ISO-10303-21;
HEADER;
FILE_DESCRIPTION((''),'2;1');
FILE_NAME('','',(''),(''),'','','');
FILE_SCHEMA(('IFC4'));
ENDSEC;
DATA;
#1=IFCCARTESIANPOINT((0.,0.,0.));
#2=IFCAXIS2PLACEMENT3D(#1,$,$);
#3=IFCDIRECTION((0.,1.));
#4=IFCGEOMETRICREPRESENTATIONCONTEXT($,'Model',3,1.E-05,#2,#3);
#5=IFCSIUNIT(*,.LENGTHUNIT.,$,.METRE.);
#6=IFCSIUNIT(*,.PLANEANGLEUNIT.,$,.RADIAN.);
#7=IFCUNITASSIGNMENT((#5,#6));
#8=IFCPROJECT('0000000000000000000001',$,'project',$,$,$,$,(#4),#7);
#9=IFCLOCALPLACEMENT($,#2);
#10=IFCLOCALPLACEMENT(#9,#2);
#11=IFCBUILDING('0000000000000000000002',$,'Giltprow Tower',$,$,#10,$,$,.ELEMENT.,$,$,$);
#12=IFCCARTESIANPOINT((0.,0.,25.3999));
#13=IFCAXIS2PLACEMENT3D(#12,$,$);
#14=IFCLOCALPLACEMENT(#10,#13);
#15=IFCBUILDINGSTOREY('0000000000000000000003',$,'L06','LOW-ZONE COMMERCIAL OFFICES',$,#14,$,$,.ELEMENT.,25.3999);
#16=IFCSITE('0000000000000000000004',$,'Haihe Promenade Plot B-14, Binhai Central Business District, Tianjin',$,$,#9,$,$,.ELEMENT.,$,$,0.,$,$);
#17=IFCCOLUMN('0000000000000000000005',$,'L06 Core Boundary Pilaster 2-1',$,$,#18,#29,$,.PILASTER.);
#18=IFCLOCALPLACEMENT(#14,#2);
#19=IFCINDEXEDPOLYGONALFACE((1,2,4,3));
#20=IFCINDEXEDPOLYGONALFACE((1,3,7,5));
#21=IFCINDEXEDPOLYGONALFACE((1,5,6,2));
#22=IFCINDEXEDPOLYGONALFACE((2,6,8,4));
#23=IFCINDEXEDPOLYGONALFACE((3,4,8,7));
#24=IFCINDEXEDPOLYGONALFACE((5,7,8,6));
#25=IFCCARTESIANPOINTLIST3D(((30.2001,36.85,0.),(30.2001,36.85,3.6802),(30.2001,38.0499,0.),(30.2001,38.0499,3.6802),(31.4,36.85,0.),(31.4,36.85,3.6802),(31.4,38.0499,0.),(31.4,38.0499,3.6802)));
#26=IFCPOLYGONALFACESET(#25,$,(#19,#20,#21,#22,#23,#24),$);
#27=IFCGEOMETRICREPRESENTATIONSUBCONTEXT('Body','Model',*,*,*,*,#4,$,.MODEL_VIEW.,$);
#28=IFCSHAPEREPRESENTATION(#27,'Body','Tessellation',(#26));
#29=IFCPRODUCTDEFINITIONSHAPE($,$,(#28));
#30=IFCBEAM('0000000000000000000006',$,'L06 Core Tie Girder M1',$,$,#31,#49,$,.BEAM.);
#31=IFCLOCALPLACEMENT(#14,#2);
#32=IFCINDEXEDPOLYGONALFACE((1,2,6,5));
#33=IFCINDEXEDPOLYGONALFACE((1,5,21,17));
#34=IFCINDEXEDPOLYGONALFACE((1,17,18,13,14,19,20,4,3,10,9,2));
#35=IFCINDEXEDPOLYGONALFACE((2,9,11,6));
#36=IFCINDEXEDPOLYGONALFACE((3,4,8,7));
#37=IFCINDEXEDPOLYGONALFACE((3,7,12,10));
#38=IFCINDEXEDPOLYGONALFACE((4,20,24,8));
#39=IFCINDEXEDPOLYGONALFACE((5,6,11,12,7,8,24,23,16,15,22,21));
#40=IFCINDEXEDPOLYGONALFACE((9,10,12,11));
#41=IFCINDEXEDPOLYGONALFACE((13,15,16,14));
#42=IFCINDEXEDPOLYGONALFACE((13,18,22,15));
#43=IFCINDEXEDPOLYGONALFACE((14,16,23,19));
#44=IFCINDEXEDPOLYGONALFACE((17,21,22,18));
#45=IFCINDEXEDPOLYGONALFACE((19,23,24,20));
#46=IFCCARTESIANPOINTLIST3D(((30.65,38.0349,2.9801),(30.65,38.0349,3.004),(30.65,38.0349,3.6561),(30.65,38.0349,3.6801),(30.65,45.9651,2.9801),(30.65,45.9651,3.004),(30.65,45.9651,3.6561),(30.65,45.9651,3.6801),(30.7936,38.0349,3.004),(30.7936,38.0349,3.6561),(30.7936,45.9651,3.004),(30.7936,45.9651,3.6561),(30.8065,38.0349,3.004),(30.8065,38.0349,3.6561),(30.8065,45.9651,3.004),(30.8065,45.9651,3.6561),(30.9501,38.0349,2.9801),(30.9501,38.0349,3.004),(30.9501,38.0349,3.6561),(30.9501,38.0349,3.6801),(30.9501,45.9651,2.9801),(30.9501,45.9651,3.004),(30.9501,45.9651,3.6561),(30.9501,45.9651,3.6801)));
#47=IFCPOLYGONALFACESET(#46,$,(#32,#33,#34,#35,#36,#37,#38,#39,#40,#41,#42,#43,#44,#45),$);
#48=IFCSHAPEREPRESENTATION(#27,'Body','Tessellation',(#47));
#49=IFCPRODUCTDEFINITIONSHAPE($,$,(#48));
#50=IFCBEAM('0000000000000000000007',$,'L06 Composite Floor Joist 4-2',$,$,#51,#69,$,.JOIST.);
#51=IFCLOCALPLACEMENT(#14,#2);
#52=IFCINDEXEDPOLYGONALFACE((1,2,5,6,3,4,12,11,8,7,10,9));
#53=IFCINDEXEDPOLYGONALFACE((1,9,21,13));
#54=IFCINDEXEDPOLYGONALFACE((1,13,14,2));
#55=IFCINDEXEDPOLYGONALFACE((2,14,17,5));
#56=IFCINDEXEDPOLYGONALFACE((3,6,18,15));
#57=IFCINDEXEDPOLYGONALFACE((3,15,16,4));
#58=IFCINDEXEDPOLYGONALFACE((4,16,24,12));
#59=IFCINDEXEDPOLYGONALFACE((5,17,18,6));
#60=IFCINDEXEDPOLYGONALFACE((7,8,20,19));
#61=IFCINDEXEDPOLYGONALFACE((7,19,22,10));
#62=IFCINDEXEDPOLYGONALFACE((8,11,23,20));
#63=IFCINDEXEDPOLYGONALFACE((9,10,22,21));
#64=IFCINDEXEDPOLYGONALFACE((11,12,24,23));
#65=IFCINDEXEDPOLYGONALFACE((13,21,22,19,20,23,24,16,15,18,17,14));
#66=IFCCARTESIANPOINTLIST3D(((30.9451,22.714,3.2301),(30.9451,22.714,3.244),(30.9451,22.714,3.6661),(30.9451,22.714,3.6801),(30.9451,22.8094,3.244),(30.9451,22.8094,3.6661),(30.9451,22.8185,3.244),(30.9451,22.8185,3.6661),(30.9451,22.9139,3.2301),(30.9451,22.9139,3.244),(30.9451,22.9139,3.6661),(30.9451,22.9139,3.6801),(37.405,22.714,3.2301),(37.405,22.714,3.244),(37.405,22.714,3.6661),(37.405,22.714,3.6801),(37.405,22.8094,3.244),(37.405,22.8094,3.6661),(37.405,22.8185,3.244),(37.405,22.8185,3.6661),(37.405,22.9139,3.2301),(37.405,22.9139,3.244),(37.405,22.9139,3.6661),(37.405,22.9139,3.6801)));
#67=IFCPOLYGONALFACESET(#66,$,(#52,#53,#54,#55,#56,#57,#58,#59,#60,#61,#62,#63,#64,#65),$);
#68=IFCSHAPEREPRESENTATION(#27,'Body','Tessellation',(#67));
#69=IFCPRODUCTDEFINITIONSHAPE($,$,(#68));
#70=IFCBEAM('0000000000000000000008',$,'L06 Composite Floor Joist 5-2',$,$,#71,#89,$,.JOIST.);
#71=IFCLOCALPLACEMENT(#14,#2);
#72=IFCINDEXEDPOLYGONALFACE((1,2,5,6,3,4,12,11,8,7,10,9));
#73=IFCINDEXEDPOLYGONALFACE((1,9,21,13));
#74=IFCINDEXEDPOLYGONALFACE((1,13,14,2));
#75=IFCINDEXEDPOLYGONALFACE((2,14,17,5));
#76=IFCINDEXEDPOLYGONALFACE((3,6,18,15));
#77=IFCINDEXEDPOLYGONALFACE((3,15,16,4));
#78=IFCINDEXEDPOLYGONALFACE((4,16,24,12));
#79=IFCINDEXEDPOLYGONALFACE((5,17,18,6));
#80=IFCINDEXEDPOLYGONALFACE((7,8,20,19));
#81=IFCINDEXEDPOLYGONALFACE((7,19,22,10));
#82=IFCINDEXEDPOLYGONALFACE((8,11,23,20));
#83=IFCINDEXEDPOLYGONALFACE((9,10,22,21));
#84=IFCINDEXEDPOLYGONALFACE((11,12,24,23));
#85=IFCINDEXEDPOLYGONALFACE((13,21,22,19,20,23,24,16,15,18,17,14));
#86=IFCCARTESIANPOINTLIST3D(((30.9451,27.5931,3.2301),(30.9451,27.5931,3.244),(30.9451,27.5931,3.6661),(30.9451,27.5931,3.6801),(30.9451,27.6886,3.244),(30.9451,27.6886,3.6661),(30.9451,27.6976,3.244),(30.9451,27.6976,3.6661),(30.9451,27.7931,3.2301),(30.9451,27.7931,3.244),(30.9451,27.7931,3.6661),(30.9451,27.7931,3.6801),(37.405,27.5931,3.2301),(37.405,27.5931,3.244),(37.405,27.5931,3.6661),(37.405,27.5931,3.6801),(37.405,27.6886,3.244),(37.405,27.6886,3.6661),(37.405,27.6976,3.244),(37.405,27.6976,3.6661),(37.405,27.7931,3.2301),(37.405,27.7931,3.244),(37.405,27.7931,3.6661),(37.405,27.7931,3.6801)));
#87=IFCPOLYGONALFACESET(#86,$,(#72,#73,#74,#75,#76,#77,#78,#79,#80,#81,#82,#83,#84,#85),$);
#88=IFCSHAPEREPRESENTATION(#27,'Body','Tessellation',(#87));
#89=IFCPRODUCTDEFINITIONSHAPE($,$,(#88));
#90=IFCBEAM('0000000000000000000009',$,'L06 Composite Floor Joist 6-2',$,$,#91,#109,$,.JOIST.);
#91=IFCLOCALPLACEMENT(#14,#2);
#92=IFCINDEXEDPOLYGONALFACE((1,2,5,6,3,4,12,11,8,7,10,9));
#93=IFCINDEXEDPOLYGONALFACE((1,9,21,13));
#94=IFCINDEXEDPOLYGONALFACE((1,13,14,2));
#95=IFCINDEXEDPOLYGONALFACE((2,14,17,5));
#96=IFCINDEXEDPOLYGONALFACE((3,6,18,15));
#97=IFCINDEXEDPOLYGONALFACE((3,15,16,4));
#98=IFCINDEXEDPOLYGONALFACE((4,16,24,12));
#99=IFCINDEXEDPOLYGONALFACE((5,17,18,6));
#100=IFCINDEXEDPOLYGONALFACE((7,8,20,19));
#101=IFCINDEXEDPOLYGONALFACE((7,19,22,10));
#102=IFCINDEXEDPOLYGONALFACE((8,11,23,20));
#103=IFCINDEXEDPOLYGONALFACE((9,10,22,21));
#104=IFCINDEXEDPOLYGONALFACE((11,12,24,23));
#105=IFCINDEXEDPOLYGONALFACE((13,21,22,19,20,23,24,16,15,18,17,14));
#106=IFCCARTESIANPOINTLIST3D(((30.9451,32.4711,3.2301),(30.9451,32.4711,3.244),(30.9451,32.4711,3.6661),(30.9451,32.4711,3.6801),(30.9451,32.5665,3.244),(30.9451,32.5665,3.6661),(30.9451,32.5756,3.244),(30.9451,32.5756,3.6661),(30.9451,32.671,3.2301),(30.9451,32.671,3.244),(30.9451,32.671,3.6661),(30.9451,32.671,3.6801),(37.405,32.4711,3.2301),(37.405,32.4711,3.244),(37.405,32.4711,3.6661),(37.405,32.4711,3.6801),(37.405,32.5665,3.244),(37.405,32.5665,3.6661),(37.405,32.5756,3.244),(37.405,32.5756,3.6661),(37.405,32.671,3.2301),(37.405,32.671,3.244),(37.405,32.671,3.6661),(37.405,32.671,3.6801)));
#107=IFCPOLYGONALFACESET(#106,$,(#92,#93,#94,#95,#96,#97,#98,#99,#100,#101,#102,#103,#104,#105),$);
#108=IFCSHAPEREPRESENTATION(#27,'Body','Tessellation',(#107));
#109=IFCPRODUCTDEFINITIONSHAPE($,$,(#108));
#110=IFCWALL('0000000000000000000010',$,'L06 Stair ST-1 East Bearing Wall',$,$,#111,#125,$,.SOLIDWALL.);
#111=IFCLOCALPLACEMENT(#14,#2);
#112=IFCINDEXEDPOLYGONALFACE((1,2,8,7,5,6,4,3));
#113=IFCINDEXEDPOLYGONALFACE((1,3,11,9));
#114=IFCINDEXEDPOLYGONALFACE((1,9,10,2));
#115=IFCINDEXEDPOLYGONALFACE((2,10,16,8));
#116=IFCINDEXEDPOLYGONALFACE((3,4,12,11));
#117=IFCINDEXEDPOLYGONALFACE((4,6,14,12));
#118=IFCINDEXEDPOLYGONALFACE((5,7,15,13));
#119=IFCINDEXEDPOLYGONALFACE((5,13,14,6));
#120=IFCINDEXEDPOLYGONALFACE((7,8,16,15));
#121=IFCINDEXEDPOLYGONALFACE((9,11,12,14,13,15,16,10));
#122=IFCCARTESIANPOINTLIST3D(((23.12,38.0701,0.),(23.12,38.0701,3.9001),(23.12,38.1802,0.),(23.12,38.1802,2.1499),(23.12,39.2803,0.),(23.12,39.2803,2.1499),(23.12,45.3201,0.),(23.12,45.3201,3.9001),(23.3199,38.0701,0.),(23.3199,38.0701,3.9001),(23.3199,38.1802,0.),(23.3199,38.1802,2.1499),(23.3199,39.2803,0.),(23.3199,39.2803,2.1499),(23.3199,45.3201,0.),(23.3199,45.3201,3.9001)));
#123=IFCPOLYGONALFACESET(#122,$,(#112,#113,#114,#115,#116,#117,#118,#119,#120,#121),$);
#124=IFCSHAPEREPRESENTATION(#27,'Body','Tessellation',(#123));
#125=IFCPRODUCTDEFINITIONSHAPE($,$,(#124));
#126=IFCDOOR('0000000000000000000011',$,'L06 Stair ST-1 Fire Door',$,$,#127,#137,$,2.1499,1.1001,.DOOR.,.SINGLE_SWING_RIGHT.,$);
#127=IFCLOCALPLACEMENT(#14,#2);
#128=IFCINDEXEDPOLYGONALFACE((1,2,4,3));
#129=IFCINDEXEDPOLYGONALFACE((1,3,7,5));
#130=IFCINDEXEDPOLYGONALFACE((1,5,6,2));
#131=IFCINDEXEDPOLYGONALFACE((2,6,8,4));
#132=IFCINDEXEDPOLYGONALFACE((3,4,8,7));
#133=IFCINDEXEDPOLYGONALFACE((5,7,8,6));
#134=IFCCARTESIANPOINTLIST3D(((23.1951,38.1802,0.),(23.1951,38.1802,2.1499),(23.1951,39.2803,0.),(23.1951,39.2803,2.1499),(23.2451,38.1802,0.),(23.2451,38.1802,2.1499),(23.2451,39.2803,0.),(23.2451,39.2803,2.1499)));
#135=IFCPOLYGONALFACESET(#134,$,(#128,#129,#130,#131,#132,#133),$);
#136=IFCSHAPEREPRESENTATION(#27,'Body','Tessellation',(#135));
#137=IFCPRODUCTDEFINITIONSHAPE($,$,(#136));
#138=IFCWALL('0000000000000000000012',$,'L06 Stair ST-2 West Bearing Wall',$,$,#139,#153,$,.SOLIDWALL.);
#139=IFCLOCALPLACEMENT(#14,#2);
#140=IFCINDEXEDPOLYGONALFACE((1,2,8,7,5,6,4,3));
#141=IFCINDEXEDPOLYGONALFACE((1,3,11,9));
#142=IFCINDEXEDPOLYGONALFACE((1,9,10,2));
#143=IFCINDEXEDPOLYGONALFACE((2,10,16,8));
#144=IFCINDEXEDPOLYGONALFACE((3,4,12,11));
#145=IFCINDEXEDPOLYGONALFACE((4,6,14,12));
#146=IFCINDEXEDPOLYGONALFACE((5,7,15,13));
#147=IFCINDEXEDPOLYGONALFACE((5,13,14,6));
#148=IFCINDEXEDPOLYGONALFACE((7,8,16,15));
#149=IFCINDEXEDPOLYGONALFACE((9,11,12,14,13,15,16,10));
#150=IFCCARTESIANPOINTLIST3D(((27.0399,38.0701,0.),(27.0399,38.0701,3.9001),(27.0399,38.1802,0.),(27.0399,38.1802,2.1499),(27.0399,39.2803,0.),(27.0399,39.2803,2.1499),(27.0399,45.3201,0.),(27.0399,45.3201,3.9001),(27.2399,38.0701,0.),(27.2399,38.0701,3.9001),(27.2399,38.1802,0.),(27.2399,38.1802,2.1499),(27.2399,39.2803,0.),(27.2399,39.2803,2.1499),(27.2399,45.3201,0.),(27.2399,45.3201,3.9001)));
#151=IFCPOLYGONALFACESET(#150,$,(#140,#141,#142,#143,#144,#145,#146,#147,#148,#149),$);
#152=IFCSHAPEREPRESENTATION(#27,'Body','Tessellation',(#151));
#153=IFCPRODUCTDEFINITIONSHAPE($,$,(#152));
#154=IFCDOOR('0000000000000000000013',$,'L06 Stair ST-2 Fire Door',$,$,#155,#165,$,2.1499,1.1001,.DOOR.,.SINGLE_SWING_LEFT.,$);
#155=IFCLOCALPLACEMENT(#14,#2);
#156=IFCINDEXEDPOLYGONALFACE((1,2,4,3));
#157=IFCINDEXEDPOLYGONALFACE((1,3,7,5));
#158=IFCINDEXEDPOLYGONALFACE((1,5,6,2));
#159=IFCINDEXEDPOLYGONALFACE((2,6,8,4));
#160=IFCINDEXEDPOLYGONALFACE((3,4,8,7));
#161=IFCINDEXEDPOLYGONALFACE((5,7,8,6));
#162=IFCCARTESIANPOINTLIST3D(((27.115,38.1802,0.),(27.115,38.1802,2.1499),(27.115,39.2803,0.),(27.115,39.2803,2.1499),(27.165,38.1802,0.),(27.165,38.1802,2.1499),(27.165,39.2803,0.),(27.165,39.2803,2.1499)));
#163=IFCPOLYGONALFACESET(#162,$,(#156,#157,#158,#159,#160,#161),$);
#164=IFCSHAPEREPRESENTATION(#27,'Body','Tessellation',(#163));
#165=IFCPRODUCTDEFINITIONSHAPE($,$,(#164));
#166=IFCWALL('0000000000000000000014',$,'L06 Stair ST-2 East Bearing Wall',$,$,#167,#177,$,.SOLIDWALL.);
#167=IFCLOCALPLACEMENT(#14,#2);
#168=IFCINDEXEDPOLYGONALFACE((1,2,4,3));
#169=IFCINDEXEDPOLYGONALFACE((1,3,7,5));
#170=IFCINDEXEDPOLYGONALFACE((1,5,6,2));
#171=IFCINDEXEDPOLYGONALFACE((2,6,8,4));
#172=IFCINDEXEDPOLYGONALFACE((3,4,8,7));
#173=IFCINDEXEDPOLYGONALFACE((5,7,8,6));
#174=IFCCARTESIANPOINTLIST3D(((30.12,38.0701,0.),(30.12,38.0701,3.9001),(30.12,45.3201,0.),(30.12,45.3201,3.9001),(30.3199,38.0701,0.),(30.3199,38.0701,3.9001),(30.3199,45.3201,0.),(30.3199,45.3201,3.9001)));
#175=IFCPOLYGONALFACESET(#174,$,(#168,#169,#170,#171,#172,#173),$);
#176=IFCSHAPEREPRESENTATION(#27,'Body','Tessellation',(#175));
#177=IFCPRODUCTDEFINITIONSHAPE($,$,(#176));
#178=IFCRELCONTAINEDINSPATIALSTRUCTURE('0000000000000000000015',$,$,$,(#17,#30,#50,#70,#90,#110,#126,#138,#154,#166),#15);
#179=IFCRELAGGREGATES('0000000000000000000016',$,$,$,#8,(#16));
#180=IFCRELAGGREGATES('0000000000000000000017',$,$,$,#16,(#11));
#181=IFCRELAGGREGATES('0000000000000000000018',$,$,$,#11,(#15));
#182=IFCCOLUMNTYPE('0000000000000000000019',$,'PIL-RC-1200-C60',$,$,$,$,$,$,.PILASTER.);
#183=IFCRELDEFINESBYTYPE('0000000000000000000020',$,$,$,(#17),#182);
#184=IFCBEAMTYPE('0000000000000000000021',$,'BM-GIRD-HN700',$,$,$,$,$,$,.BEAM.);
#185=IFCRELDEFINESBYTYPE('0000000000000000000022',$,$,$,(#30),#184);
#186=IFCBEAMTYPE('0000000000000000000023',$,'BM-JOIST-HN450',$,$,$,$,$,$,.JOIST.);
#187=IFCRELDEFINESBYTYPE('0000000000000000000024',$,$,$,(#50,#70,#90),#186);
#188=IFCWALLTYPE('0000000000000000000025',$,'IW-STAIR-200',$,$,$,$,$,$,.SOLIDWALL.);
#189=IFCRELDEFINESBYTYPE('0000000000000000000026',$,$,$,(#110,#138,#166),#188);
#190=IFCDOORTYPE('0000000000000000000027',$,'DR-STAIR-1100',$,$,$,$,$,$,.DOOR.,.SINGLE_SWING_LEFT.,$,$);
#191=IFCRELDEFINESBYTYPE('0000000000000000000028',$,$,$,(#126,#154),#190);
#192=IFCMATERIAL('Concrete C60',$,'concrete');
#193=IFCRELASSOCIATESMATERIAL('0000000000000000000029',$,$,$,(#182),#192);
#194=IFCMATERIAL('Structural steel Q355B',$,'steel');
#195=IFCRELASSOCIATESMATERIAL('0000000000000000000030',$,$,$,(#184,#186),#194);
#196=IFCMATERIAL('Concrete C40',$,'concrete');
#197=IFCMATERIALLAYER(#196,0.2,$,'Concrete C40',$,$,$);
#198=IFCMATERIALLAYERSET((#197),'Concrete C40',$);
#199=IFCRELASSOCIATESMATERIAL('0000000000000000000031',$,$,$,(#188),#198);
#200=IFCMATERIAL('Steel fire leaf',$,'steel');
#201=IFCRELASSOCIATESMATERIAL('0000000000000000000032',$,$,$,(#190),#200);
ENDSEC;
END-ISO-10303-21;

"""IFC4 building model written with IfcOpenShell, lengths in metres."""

from ifc_helpers import new_model, si_unit, direction, frame, frame_2d, origin, origin_2d, place, context, subcontext, project, spatial, rectangle, i_section, extrude, source, transform, mapped, material, layer, layer_set, material_profile, profile_set, type_object, element, fill, save


model = new_model("IFC4")

# Units and contexts
model_context = context("Model", 3, precision=1e-05, world=origin(), true_north=direction((0.0, 1.0)))
body_context = subcontext(model_context, "Body", "Model", "MODEL_VIEW")
ifc_project = project(units=[si_unit("LENGTHUNIT", "METRE"), si_unit("PLANEANGLEUNIT", "RADIAN")], contexts=[model_context])

# Site, building, storey
site_placement = place(None, origin())
site = spatial("IfcSite", under=ifc_project, at=site_placement, Name="Haihe Promenade Plot B-14, Binhai Central Business District, Tianjin", CompositionType="ELEMENT", RefElevation=0.0)
building_placement = place(site_placement, origin())
building = spatial("IfcBuilding", under=site, at=building_placement, Name="Giltprow Tower", CompositionType="ELEMENT")
storey_placement = place(building_placement, frame((0.0, 0.0, 25.3999)))
storey = spatial("IfcBuildingStorey", under=building, at=storey_placement, Name="L06", Description="LOW-ZONE COMMERCIAL OFFICES", CompositionType="ELEMENT", Elevation=25.3999)

# Column
ifc_material_1 = material(Name="Concrete C60", Category="concrete")
ifc_material_profile_1 = material_profile(ifc_material_1, rectangle(XDim=1.2, YDim=1.2, at=origin_2d()), Name="RC 1200x1200")
ifc_profile_set_1 = profile_set([ifc_material_profile_1], Name="Concrete C60")
column_type = type_object("IfcColumnType", Name="PIL-RC-1200-C60", PredefinedType="PILASTER", material=ifc_profile_set_1)
shared_shape_1 = source(origin(), body_context, "Body", "SweptSolid", [
    extrude(rectangle(XDim=1.2, YDim=1.2, at=origin_2d()), origin(), (0.0, 0.0, 1.0), 3.6802),
])
column_placement = place(storey_placement, frame((30.8, 37.45, 0.0), z_axis=(0.0, 0.0, 1.0), x_axis=(1.0, 0.0, 0.0)))
element("IfcColumn", 1, at=column_placement, inside=storey, type_object=column_type, Name="L06 Core Boundary Pilaster 2-1", PredefinedType="PILASTER", context=body_context, shape_type="MappedRepresentation", body=[
    mapped(shared_shape_1, transform((0.0, 0.0, 0.0), x_axis=(1.0, 0.0, 0.0), y_axis=(0.0, 1.0, 0.0), z_axis=(0.0, 0.0, 1.0), scale=1.0)),
])

# Beams
ifc_material_2 = material(Name="Structural steel Q355B", Category="steel")
ifc_material_profile_2 = material_profile(ifc_material_2, i_section(OverallWidth=0.3, OverallDepth=0.7, WebThickness=0.0129, FlangeThickness=0.0239, at=origin_2d()), Name="HN 700x300x13x24")
ifc_profile_set_2 = profile_set([ifc_material_profile_2], Name="Structural steel Q355B")
beam_type_1 = type_object("IfcBeamType", Name="BM-GIRD-HN700", PredefinedType="BEAM", material=ifc_profile_set_2)
shared_shape_2 = source(origin(), body_context, "Body", "SweptSolid", [
    extrude(i_section(OverallWidth=0.3, OverallDepth=0.7, WebThickness=0.0129, FlangeThickness=0.0239, at=origin_2d()), origin(), (0.0, 0.0, 1.0), 7.9302),
])
beam_placement = place(storey_placement, frame((30.8, 38.0349, 3.3301), z_axis=(0.0, 1.0, 0.0), x_axis=(-1.0, 0.0, 0.0)))
element("IfcBeam", 2, at=beam_placement, inside=storey, type_object=beam_type_1, Name="L06 Core Tie Girder M1", PredefinedType="BEAM", context=body_context, shape_type="MappedRepresentation", body=[
    mapped(shared_shape_2, transform((0.0, 0.0, 0.0), x_axis=(1.0, 0.0, 0.0), y_axis=(0.0, 1.0, 0.0), z_axis=(0.0, 0.0, 1.0), scale=1.0)),
])
ifc_material_profile_3 = material_profile(ifc_material_2, i_section(OverallWidth=0.2, OverallDepth=0.45, WebThickness=0.009, FlangeThickness=0.0139, at=origin_2d()), Name="HN 450x200x9x14")
ifc_profile_set_3 = profile_set([ifc_material_profile_3], Name="Structural steel Q355B")
beam_type_2 = type_object("IfcBeamType", Name="BM-JOIST-HN450", PredefinedType="JOIST", material=ifc_profile_set_3)
shared_shape_3 = source(origin(), body_context, "Body", "SweptSolid", [
    extrude(i_section(OverallWidth=0.2, OverallDepth=0.45, WebThickness=0.009, FlangeThickness=0.0139, at=origin_2d()), origin(), (0.0, 0.0, 1.0), 6.46),
])
for number, where, z_axis, x_axis, name in (
    (3, (30.9451, 22.814, 3.4551), (1.0, 0.0, 0.0), (0.0, 1.0, 0.0), "L06 Composite Floor Joist 4-2"),
    (4, (30.9451, 27.6931, 3.4551), (1.0, 0.0, 0.0), (0.0, 1.0, 0.0), "L06 Composite Floor Joist 5-2"),
    (5, (30.9451, 32.571, 3.4551), (1.0, 0.0, 0.0), (0.0, 1.0, 0.0), "L06 Composite Floor Joist 6-2"),
):
    element("IfcBeam", number, at=place(storey_placement, frame(where, z_axis=z_axis, x_axis=x_axis)), inside=storey, type_object=beam_type_2, Name=name, PredefinedType="JOIST", context=body_context, shape_type="MappedRepresentation", body=[
        mapped(shared_shape_3, transform((0.0, 0.0, 0.0), x_axis=(1.0, 0.0, 0.0), y_axis=(0.0, 1.0, 0.0), z_axis=(0.0, 0.0, 1.0), scale=1.0)),
    ])

# Walls, openings, doors
ifc_material_3 = material(Name="Concrete C40", Category="concrete")
ifc_layer_1 = layer(ifc_material_3, 0.2, Name="Concrete C40")
ifc_layer_set_1 = layer_set([ifc_layer_1], Name="Concrete C40")
wall_type_1 = type_object("IfcWallType", Name="IW-STAIR-200", PredefinedType="SOLIDWALL", material=ifc_layer_set_1)
wall_1_placement = place(storey_placement, frame((23.22, 38.0701, 0.0), z_axis=(0.0, 0.0, 1.0), x_axis=(0.0, 1.0, 0.0)))
wall_1 = element("IfcWall", 6, at=wall_1_placement, inside=storey, type_object=wall_type_1, Name="L06 Stair ST-1 East Bearing Wall", PredefinedType="SOLIDWALL", context=body_context, shape_type="SweptSolid", body=[
    extrude(rectangle(XDim=7.25, YDim=0.2, at=frame_2d((3.625, 0.0))), origin(), (0.0, 0.0, 1.0), 3.9001),
])
opening_1_placement = place(wall_1_placement, frame((0.1101, 0.0, 0.0)))
opening_1 = element("IfcOpeningElement", 7, at=opening_1_placement, cuts=wall_1, PredefinedType="OPENING", context=body_context, shape_type="SweptSolid", body=[
    extrude(rectangle(XDim=1.1001, YDim=2.1499, at=frame_2d((0.55, 1.075))), frame((0.0, 0.1099, 0.0), z_axis=(0.0, -1.0, 0.0), x_axis=(1.0, 0.0, 0.0)), (0.0, 0.0, 1.0), 0.22),
])
ifc_material_4 = material(Name="Steel fire leaf", Category="steel")
door_type_1 = type_object("IfcDoorType", Name="DR-STAIR-1100", OperationType="SINGLE_SWING_LEFT", PredefinedType="DOOR", material=ifc_material_4)
shared_shape_4 = source(origin(), body_context, "Body", "SweptSolid", [
    extrude(rectangle(XDim=1.1001, YDim=2.1499, at=frame_2d((0.55, 1.075))), frame((0.0, 0.0249, 0.0), z_axis=(0.0, -1.0, 0.0), x_axis=(1.0, 0.0, 0.0)), (0.0, 0.0, 1.0), 0.05),
])
door_1_placement = place(opening_1_placement, origin())
door_1 = element("IfcDoor", 8, at=door_1_placement, inside=storey, type_object=door_type_1, Name="L06 Stair ST-1 Fire Door", OperationType="SINGLE_SWING_RIGHT", OverallHeight=2.1499, OverallWidth=1.1001, PredefinedType="DOOR", context=body_context, shape_type="MappedRepresentation", body=[
    mapped(shared_shape_4, transform((0.0, 0.0, 0.0), x_axis=(1.0, 0.0, 0.0), y_axis=(0.0, 1.0, 0.0), z_axis=(0.0, 0.0, 1.0), scale=1.0)),
])
fill(opening_1, door_1)
wall_2_placement = place(storey_placement, frame((27.1399, 38.0701, 0.0), z_axis=(0.0, 0.0, 1.0), x_axis=(0.0, 1.0, 0.0)))
wall_2 = element("IfcWall", 9, at=wall_2_placement, inside=storey, type_object=wall_type_1, Name="L06 Stair ST-2 West Bearing Wall", PredefinedType="SOLIDWALL", context=body_context, shape_type="SweptSolid", body=[
    extrude(rectangle(XDim=7.25, YDim=0.2, at=frame_2d((3.625, 0.0))), origin(), (0.0, 0.0, 1.0), 3.9001),
])
opening_2_placement = place(wall_2_placement, frame((0.1101, 0.0, 0.0)))
opening_2 = element("IfcOpeningElement", 10, at=opening_2_placement, cuts=wall_2, PredefinedType="OPENING", context=body_context, shape_type="SweptSolid", body=[
    extrude(rectangle(XDim=1.1001, YDim=2.1499, at=frame_2d((0.55, 1.075))), frame((0.0, 0.1099, 0.0), z_axis=(0.0, -1.0, 0.0), x_axis=(1.0, 0.0, 0.0)), (0.0, 0.0, 1.0), 0.22),
])
door_2_placement = place(opening_2_placement, origin())
door_2 = element("IfcDoor", 11, at=door_2_placement, inside=storey, type_object=door_type_1, Name="L06 Stair ST-2 Fire Door", OperationType="SINGLE_SWING_LEFT", OverallHeight=2.1499, OverallWidth=1.1001, PredefinedType="DOOR", context=body_context, shape_type="MappedRepresentation", body=[
    mapped(shared_shape_4, transform((0.0, 0.0, 0.0), x_axis=(1.0, 0.0, 0.0), y_axis=(0.0, 1.0, 0.0), z_axis=(0.0, 0.0, 1.0), scale=1.0)),
])
fill(opening_2, door_2)

# Wall
wall_3_placement = place(storey_placement, frame((30.22, 38.0701, 0.0), z_axis=(0.0, 0.0, 1.0), x_axis=(0.0, 1.0, 0.0)))
element("IfcWall", 12, at=wall_3_placement, inside=storey, type_object=wall_type_1, Name="L06 Stair ST-2 East Bearing Wall", PredefinedType="SOLIDWALL", context=body_context, shape_type="SweptSolid", body=[
    extrude(rectangle(XDim=7.25, YDim=0.2, at=frame_2d((3.625, 0.0))), origin(), (0.0, 0.0, 1.0), 3.9001),
])

save(model, "model.ifc")
